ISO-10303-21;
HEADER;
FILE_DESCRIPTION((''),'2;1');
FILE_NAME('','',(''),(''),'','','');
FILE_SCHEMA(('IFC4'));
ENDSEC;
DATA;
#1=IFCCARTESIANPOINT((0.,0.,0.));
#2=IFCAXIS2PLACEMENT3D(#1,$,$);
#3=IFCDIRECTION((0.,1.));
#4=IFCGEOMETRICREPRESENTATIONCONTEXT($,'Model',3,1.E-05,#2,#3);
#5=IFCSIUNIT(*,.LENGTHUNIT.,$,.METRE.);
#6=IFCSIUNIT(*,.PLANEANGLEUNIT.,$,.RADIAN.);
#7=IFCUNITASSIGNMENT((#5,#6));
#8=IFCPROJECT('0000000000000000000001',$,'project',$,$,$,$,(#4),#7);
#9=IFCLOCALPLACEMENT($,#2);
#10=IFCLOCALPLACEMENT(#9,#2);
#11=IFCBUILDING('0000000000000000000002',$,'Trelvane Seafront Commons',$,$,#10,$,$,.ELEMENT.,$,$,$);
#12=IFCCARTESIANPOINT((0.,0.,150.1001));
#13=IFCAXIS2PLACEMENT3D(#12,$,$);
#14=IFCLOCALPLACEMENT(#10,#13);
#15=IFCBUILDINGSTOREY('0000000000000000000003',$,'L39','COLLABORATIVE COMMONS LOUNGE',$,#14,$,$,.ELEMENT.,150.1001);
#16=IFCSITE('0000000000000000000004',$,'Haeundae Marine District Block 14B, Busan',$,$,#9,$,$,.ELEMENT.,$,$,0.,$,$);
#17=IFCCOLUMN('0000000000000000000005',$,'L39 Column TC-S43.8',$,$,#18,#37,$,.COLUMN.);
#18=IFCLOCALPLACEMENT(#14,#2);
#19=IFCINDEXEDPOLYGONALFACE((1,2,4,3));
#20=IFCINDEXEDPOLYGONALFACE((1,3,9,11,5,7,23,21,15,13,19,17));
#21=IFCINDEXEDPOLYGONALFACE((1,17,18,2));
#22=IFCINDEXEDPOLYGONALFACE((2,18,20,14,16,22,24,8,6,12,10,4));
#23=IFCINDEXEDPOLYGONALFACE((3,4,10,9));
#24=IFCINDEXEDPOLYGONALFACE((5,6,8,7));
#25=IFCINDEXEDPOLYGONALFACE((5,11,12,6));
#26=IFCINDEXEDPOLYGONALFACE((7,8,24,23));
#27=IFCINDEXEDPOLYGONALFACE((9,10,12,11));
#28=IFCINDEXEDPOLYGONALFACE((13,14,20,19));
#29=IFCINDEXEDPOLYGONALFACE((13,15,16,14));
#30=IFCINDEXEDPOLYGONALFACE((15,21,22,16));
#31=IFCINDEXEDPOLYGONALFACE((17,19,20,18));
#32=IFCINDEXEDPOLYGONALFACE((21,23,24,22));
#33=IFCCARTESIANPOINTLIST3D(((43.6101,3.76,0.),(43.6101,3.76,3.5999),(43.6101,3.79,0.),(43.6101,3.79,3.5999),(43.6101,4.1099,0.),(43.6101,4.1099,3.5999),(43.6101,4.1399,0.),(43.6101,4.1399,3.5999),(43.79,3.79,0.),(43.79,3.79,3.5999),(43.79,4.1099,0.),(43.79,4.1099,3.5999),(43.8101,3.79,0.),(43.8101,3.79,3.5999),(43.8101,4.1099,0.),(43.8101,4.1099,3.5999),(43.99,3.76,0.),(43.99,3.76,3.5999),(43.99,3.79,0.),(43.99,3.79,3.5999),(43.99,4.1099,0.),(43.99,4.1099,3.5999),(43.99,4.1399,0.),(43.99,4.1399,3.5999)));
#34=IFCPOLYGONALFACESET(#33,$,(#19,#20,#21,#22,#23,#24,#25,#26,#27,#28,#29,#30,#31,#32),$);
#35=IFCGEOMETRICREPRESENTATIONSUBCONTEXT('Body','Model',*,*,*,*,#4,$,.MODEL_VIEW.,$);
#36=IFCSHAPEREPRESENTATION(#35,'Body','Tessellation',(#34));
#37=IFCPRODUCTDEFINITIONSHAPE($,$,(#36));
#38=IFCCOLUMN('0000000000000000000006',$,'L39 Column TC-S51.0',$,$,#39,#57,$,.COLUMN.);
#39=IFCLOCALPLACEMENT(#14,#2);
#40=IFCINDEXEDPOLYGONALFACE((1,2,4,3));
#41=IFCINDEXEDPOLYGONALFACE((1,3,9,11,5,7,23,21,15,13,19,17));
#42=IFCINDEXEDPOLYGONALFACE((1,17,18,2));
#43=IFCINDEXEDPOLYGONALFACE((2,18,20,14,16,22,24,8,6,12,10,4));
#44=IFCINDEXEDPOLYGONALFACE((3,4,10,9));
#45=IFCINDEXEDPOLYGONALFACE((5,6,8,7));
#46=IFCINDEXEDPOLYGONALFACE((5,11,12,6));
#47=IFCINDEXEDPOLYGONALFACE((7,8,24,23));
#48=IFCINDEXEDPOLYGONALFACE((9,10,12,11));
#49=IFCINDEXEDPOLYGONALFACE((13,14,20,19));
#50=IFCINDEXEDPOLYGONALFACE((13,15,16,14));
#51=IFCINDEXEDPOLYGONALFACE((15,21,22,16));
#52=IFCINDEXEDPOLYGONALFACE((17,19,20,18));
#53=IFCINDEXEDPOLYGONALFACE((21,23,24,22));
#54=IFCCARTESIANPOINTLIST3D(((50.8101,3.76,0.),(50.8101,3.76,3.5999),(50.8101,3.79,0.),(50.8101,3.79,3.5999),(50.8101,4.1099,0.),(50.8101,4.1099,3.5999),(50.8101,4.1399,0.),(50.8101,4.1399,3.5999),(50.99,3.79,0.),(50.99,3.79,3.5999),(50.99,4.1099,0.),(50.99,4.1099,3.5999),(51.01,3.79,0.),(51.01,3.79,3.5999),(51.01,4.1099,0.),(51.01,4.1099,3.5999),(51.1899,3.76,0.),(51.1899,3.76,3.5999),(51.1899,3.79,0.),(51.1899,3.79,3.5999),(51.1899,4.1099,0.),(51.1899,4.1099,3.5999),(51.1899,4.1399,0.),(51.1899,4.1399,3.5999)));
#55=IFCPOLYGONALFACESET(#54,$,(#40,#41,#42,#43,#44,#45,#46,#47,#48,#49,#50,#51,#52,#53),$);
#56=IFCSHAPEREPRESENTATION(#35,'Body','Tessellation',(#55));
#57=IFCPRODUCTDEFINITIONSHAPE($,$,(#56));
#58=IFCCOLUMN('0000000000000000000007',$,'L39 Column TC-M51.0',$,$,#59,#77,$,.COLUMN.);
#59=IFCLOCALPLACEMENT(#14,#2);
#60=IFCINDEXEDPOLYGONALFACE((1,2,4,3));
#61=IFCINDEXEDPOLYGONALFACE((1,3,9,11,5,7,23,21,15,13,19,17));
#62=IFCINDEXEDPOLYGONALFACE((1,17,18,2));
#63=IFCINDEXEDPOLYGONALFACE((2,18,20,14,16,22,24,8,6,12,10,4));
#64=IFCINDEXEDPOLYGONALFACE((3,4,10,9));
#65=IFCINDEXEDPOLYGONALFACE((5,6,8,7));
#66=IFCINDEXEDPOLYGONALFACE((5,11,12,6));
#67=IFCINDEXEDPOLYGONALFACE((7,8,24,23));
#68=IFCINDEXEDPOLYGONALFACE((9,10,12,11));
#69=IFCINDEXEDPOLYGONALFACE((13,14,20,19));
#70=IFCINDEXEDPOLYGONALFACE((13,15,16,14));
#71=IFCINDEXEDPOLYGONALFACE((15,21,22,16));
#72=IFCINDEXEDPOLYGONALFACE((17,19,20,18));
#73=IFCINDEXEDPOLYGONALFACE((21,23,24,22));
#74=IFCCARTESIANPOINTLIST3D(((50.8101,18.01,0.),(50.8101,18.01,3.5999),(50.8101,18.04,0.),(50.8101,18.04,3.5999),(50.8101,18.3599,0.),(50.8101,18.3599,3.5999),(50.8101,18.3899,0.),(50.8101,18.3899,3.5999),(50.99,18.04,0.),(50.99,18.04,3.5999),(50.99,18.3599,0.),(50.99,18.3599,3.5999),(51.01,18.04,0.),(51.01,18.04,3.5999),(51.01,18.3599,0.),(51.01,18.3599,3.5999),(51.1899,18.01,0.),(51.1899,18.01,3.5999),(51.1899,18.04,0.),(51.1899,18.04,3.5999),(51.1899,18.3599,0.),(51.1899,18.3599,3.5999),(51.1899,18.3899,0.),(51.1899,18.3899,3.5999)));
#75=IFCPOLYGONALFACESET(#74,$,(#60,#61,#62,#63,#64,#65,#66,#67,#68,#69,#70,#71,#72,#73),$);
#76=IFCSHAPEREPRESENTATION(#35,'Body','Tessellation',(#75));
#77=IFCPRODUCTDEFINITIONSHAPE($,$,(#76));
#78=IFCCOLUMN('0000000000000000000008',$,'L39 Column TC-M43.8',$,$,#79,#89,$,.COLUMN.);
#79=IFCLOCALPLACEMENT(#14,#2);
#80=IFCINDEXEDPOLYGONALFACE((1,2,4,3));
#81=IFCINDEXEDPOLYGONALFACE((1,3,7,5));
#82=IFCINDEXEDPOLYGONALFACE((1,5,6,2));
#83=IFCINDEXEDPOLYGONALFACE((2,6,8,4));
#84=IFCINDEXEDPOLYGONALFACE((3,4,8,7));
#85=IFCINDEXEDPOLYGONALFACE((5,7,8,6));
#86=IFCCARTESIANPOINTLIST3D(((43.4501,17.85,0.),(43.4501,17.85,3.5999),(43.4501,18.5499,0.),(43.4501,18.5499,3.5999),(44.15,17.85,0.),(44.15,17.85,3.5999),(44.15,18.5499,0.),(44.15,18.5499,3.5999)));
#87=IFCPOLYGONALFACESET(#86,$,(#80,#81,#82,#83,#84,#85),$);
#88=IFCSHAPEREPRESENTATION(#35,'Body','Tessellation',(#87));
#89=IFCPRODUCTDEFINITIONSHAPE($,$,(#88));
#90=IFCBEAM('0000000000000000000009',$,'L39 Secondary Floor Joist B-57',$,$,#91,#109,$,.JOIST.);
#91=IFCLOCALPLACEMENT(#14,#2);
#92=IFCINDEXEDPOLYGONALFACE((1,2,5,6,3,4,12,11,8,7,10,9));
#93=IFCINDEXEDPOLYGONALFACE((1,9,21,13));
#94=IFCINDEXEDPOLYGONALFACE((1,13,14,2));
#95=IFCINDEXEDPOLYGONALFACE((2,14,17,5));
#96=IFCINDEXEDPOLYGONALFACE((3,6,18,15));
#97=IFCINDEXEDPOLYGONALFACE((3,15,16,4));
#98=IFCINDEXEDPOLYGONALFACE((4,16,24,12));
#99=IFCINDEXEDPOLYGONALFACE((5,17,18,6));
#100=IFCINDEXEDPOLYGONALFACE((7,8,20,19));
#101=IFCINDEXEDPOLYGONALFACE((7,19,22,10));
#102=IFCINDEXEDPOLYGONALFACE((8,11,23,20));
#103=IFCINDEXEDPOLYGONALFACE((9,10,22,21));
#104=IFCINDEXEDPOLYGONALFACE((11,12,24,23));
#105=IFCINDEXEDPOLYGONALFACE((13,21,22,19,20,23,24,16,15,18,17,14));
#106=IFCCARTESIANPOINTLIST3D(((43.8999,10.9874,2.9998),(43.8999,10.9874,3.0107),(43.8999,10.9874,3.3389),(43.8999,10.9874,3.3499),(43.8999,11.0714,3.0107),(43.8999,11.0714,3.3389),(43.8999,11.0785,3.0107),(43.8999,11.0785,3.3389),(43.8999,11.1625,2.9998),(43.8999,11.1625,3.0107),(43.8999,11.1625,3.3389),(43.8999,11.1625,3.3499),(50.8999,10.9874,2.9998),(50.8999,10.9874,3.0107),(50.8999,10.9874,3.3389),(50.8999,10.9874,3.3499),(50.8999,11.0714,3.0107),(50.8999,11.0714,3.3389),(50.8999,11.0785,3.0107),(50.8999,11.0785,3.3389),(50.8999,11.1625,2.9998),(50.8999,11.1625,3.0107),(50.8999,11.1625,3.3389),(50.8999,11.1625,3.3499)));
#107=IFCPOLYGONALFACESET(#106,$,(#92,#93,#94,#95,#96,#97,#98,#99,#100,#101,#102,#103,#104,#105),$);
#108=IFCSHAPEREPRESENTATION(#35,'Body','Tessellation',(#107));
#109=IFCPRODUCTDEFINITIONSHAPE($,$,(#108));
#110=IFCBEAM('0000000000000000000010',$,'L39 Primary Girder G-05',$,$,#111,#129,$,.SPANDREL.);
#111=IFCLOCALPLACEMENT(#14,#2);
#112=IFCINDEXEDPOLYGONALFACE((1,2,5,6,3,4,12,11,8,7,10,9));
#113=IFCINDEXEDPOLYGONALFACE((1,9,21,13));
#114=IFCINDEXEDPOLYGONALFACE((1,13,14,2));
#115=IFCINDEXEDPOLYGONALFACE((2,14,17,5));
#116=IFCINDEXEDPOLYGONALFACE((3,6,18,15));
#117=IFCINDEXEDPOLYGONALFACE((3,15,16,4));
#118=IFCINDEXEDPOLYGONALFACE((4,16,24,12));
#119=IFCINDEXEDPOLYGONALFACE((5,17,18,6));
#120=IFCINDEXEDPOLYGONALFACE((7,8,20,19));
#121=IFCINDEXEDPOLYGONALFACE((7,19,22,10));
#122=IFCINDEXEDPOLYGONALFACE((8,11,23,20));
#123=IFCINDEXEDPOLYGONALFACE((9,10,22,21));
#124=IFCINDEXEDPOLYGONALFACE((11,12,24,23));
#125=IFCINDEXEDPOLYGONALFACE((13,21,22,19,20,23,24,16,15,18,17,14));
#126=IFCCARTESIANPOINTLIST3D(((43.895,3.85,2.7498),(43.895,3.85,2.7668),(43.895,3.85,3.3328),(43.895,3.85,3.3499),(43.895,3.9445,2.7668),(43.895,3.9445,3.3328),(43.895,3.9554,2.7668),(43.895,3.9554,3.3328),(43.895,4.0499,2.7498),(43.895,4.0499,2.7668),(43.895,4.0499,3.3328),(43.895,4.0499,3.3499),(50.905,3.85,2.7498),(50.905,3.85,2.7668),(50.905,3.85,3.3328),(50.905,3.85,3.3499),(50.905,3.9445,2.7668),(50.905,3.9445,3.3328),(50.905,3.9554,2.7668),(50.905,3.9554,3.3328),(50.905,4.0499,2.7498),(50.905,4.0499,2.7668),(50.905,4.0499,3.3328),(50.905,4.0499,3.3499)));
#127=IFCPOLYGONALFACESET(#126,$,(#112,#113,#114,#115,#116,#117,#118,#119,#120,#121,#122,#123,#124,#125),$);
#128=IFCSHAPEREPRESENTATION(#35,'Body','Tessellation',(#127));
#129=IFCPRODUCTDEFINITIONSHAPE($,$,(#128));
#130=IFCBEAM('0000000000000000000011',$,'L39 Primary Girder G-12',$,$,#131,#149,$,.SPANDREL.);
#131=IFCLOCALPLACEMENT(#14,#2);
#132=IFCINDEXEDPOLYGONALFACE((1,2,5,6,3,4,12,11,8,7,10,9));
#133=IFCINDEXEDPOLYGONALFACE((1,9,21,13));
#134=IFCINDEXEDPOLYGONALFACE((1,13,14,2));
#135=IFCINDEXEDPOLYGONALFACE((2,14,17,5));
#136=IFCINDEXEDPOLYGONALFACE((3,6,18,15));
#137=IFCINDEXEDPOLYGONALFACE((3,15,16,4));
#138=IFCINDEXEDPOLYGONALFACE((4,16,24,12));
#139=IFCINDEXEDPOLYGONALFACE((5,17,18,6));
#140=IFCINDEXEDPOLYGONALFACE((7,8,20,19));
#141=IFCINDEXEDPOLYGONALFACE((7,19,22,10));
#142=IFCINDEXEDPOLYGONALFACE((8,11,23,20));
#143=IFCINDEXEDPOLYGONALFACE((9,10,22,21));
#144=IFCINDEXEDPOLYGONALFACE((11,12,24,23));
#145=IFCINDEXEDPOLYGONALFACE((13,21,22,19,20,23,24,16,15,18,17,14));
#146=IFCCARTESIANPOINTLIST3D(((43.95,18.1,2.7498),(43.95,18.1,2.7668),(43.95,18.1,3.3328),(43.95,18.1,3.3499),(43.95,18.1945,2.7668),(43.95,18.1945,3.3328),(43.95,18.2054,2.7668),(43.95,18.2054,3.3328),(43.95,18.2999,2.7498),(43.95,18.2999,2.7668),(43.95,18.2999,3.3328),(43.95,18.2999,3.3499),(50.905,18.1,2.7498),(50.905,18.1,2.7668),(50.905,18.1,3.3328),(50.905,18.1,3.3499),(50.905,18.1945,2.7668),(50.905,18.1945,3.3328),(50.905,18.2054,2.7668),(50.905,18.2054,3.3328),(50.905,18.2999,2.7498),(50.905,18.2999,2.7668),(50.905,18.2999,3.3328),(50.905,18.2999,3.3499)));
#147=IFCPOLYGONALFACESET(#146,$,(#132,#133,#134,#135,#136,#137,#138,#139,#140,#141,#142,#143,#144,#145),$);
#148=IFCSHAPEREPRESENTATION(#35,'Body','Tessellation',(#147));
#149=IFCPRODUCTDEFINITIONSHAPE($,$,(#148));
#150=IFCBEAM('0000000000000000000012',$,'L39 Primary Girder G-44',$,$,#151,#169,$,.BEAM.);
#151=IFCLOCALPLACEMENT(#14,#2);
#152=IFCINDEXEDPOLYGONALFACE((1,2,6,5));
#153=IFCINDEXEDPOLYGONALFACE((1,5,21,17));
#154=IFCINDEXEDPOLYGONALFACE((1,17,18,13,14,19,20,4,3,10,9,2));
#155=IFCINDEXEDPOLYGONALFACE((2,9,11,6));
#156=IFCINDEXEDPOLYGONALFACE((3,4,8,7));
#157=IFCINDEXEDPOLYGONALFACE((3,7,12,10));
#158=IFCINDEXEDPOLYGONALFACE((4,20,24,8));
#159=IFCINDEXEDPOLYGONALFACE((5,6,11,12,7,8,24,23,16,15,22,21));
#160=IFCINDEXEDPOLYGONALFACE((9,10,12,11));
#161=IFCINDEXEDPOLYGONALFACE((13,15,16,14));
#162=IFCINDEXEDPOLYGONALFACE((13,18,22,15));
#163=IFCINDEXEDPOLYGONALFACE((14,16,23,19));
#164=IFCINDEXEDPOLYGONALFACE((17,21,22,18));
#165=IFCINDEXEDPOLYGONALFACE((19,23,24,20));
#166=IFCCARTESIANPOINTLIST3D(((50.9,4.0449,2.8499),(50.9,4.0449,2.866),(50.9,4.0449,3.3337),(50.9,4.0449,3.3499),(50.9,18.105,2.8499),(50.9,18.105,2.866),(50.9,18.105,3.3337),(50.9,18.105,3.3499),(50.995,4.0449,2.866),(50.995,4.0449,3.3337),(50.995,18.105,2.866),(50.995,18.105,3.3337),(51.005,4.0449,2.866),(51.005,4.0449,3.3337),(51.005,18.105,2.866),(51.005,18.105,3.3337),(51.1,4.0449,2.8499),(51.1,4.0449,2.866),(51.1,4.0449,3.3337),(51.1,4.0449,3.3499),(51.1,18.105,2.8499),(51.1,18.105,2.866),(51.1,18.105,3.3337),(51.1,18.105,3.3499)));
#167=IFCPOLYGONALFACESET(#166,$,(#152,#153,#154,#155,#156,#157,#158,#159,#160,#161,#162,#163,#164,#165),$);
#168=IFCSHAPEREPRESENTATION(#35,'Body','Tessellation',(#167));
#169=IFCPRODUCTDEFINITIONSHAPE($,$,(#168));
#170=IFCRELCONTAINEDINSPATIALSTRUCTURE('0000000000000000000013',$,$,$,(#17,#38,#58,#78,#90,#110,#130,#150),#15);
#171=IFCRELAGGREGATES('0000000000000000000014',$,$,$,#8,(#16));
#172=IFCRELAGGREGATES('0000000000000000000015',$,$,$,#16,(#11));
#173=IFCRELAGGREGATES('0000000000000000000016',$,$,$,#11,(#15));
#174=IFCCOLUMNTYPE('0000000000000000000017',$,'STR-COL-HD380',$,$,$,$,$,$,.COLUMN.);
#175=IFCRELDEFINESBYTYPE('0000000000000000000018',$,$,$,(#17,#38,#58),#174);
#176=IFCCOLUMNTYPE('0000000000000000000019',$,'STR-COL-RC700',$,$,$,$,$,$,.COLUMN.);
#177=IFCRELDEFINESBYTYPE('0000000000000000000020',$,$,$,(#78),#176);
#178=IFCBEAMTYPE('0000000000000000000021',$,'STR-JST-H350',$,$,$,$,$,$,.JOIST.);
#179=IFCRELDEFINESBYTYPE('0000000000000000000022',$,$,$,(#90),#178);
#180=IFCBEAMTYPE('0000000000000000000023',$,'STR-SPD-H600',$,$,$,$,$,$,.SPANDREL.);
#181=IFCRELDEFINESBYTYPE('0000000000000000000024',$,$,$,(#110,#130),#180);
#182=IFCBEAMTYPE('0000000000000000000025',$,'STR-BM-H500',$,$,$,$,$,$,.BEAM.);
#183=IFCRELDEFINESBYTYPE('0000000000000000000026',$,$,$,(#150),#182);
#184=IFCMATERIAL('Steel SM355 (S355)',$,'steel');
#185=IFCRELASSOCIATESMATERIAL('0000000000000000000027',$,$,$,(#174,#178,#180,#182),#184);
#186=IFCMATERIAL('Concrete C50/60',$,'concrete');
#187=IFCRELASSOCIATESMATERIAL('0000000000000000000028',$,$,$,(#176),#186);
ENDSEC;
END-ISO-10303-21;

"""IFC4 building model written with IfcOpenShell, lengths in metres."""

from ifc_helpers import new_model, si_unit, direction, frame, origin, origin_2d, place, context, subcontext, project, spatial, rectangle, i_section, extrude, source, transform, mapped, material, material_profile, profile_set, type_object, element, save


model = new_model("IFC4")

# Units and contexts
model_context = context("Model", 3, precision=1e-05, world=origin(), true_north=direction((0.0, 1.0)))
body_context = subcontext(model_context, "Body", "Model", "MODEL_VIEW")
ifc_project = project(units=[si_unit("LENGTHUNIT", "METRE"), si_unit("PLANEANGLEUNIT", "RADIAN")], contexts=[model_context])

# Site, building, storey
site_placement = place(None, origin())
site = spatial("IfcSite", under=ifc_project, at=site_placement, Name="Haeundae Marine District Block 14B, Busan", CompositionType="ELEMENT", RefElevation=0.0)
building_placement = place(site_placement, origin())
building = spatial("IfcBuilding", under=site, at=building_placement, Name="Trelvane Seafront Commons", CompositionType="ELEMENT")
storey_placement = place(building_placement, frame((0.0, 0.0, 150.1001)))
storey = spatial("IfcBuildingStorey", under=building, at=storey_placement, Name="L39", Description="COLLABORATIVE COMMONS LOUNGE", CompositionType="ELEMENT", Elevation=150.1001)

# Columns
ifc_material_1 = material(Name="Steel SM355 (S355)", Category="steel")
ifc_material_profile_1 = material_profile(ifc_material_1, i_section(OverallWidth=0.3799, OverallDepth=0.3799, WebThickness=0.02, FlangeThickness=0.03, at=origin_2d()), Name="HD-380x380x20x30")
ifc_profile_set_1 = profile_set([ifc_material_profile_1], Name="Steel SM355 (S355)")
column_type_1 = type_object("IfcColumnType", Name="STR-COL-HD380", PredefinedType="COLUMN", material=ifc_profile_set_1)
shared_shape_1 = source(origin(), body_context, "Body", "SweptSolid", [
    extrude(i_section(OverallWidth=0.3799, OverallDepth=0.3799, WebThickness=0.02, FlangeThickness=0.03, at=origin_2d()), origin(), (0.0, 0.0, 1.0), 3.5999),
])
for number, where, z_axis, x_axis, name in (
    (1, (43.8, 3.95, 0.0), (0.0, 0.0, 1.0), (1.0, 0.0, 0.0), "L39 Column TC-S43.8"),
    (2, (51.0, 3.95, 0.0), (0.0, 0.0, 1.0), (1.0, 0.0, 0.0), "L39 Column TC-S51.0"),
    (3, (51.0, 18.2, 0.0), (0.0, 0.0, 1.0), (1.0, 0.0, 0.0), "L39 Column TC-M51.0"),
):
    element("IfcColumn", number, at=place(storey_placement, frame(where, z_axis=z_axis, x_axis=x_axis)), inside=storey, type_object=column_type_1, Name=name, PredefinedType="COLUMN", context=body_context, shape_type="MappedRepresentation", body=[
        mapped(shared_shape_1, transform((0.0, 0.0, 0.0), x_axis=(1.0, 0.0, 0.0), y_axis=(0.0, 1.0, 0.0), z_axis=(0.0, 0.0, 1.0), scale=1.0)),
    ])
ifc_material_2 = material(Name="Concrete C50/60", Category="concrete")
ifc_material_profile_2 = material_profile(ifc_material_2, rectangle(XDim=0.7, YDim=0.7, at=origin_2d()), Name="RC-700x700")
ifc_profile_set_2 = profile_set([ifc_material_profile_2], Name="Concrete C50/60")
column_type_2 = type_object("IfcColumnType", Name="STR-COL-RC700", PredefinedType="COLUMN", material=ifc_profile_set_2)
shared_shape_2 = source(origin(), body_context, "Body", "SweptSolid", [
    extrude(rectangle(XDim=0.7, YDim=0.7, at=origin_2d()), origin(), (0.0, 0.0, 1.0), 3.5999),
])
column_placement = place(storey_placement, frame((43.8, 18.2, 0.0), z_axis=(0.0, 0.0, 1.0), x_axis=(1.0, 0.0, 0.0)))
element("IfcColumn", 4, at=column_placement, inside=storey, type_object=column_type_2, Name="L39 Column TC-M43.8", PredefinedType="COLUMN", context=body_context, shape_type="MappedRepresentation", body=[
    mapped(shared_shape_2, transform((0.0, 0.0, 0.0), x_axis=(1.0, 0.0, 0.0), y_axis=(0.0, 1.0, 0.0), z_axis=(0.0, 0.0, 1.0), scale=1.0)),
])

# Beams
ifc_material_profile_3 = material_profile(ifc_material_1, i_section(OverallWidth=0.175, OverallDepth=0.3501, WebThickness=0.0071, FlangeThickness=0.011, at=origin_2d()), Name="H-350x175x7x11")
ifc_profile_set_3 = profile_set([ifc_material_profile_3], Name="Steel SM355 (S355)")
beam_type_1 = type_object("IfcBeamType", Name="STR-JST-H350", PredefinedType="JOIST", material=ifc_profile_set_3)
shared_shape_3 = source(origin(), body_context, "Body", "SweptSolid", [
    extrude(i_section(OverallWidth=0.175, OverallDepth=0.3501, WebThickness=0.0071, FlangeThickness=0.011, at=origin_2d()), origin(), (0.0, 0.0, 1.0), 7.0),
])
beam_1_placement = place(storey_placement, frame((43.8999, 11.075, 3.1748), z_axis=(1.0, 0.0, 0.0), x_axis=(0.0, 1.0, 0.0)))
element("IfcBeam", 5, at=beam_1_placement, inside=storey, type_object=beam_type_1, Name="L39 Secondary Floor Joist B-57", PredefinedType="JOIST", context=body_context, shape_type="MappedRepresentation", body=[
    mapped(shared_shape_3, transform((0.0, 0.0, 0.0), x_axis=(1.0, 0.0, 0.0), y_axis=(0.0, 1.0, 0.0), z_axis=(0.0, 0.0, 1.0), scale=1.0)),
])
ifc_material_profile_4 = material_profile(ifc_material_1, i_section(OverallWidth=0.2, OverallDepth=0.6001, WebThickness=0.011, FlangeThickness=0.0171, at=origin_2d()), Name="H-600x200x11x17")
ifc_profile_set_4 = profile_set([ifc_material_profile_4], Name="Steel SM355 (S355)")
beam_type_2 = type_object("IfcBeamType", Name="STR-SPD-H600", PredefinedType="SPANDREL", material=ifc_profile_set_4)
shared_shape_4 = source(origin(), body_context, "Body", "SweptSolid", [
    extrude(i_section(OverallWidth=0.2, OverallDepth=0.6001, WebThickness=0.011, FlangeThickness=0.0171, at=origin_2d()), origin(), (0.0, 0.0, 1.0), 7.01),
])
beam_2_placement = place(storey_placement, frame((43.895, 3.95, 3.0498), z_axis=(1.0, 0.0, 0.0), x_axis=(0.0, 1.0, 0.0)))
element("IfcBeam", 6, at=beam_2_placement, inside=storey, type_object=beam_type_2, Name="L39 Primary Girder G-05", PredefinedType="SPANDREL", context=body_context, shape_type="MappedRepresentation", body=[
    mapped(shared_shape_4, transform((0.0, 0.0, 0.0), x_axis=(1.0, 0.0, 0.0), y_axis=(0.0, 1.0, 0.0), z_axis=(0.0, 0.0, 1.0), scale=1.0)),
])
shared_shape_5 = source(origin(), body_context, "Body", "SweptSolid", [
    extrude(i_section(OverallWidth=0.2, OverallDepth=0.6001, WebThickness=0.011, FlangeThickness=0.0171, at=origin_2d()), origin(), (0.0, 0.0, 1.0), 6.9551),
])
beam_3_placement = place(storey_placement, frame((43.95, 18.2, 3.0498), z_axis=(1.0, 0.0, 0.0), x_axis=(0.0, 1.0, 0.0)))
element("IfcBeam", 7, at=beam_3_placement, inside=storey, type_object=beam_type_2, Name="L39 Primary Girder G-12", PredefinedType="SPANDREL", context=body_context, shape_type="MappedRepresentation", body=[
    mapped(shared_shape_5, transform((0.0, 0.0, 0.0), x_axis=(1.0, 0.0, 0.0), y_axis=(0.0, 1.0, 0.0), z_axis=(0.0, 0.0, 1.0), scale=1.0)),
])
ifc_material_profile_5 = material_profile(ifc_material_1, i_section(OverallWidth=0.2, OverallDepth=0.5, WebThickness=0.01, FlangeThickness=0.0161, at=origin_2d()), Name="H-500x200x10x16")
ifc_profile_set_5 = profile_set([ifc_material_profile_5], Name="Steel SM355 (S355)")
beam_type_3 = type_object("IfcBeamType", Name="STR-BM-H500", PredefinedType="BEAM", material=ifc_profile_set_5)
shared_shape_6 = source(origin(), body_context, "Body", "SweptSolid", [
    extrude(i_section(OverallWidth=0.2, OverallDepth=0.5, WebThickness=0.01, FlangeThickness=0.0161, at=origin_2d()), origin(), (0.0, 0.0, 1.0), 14.0601),
])
beam_4_placement = place(storey_placement, frame((51.0, 4.0449, 3.0999), z_axis=(0.0, 1.0, 0.0), x_axis=(-1.0, 0.0, 0.0)))
element("IfcBeam", 8, at=beam_4_placement, inside=storey, type_object=beam_type_3, Name="L39 Primary Girder G-44", PredefinedType="BEAM", context=body_context, shape_type="MappedRepresentation", body=[
    mapped(shared_shape_6, transform((0.0, 0.0, 0.0), x_axis=(1.0, 0.0, 0.0), y_axis=(0.0, 1.0, 0.0), z_axis=(0.0, 0.0, 1.0), scale=1.0)),
])

save(model, "model.ifc")
